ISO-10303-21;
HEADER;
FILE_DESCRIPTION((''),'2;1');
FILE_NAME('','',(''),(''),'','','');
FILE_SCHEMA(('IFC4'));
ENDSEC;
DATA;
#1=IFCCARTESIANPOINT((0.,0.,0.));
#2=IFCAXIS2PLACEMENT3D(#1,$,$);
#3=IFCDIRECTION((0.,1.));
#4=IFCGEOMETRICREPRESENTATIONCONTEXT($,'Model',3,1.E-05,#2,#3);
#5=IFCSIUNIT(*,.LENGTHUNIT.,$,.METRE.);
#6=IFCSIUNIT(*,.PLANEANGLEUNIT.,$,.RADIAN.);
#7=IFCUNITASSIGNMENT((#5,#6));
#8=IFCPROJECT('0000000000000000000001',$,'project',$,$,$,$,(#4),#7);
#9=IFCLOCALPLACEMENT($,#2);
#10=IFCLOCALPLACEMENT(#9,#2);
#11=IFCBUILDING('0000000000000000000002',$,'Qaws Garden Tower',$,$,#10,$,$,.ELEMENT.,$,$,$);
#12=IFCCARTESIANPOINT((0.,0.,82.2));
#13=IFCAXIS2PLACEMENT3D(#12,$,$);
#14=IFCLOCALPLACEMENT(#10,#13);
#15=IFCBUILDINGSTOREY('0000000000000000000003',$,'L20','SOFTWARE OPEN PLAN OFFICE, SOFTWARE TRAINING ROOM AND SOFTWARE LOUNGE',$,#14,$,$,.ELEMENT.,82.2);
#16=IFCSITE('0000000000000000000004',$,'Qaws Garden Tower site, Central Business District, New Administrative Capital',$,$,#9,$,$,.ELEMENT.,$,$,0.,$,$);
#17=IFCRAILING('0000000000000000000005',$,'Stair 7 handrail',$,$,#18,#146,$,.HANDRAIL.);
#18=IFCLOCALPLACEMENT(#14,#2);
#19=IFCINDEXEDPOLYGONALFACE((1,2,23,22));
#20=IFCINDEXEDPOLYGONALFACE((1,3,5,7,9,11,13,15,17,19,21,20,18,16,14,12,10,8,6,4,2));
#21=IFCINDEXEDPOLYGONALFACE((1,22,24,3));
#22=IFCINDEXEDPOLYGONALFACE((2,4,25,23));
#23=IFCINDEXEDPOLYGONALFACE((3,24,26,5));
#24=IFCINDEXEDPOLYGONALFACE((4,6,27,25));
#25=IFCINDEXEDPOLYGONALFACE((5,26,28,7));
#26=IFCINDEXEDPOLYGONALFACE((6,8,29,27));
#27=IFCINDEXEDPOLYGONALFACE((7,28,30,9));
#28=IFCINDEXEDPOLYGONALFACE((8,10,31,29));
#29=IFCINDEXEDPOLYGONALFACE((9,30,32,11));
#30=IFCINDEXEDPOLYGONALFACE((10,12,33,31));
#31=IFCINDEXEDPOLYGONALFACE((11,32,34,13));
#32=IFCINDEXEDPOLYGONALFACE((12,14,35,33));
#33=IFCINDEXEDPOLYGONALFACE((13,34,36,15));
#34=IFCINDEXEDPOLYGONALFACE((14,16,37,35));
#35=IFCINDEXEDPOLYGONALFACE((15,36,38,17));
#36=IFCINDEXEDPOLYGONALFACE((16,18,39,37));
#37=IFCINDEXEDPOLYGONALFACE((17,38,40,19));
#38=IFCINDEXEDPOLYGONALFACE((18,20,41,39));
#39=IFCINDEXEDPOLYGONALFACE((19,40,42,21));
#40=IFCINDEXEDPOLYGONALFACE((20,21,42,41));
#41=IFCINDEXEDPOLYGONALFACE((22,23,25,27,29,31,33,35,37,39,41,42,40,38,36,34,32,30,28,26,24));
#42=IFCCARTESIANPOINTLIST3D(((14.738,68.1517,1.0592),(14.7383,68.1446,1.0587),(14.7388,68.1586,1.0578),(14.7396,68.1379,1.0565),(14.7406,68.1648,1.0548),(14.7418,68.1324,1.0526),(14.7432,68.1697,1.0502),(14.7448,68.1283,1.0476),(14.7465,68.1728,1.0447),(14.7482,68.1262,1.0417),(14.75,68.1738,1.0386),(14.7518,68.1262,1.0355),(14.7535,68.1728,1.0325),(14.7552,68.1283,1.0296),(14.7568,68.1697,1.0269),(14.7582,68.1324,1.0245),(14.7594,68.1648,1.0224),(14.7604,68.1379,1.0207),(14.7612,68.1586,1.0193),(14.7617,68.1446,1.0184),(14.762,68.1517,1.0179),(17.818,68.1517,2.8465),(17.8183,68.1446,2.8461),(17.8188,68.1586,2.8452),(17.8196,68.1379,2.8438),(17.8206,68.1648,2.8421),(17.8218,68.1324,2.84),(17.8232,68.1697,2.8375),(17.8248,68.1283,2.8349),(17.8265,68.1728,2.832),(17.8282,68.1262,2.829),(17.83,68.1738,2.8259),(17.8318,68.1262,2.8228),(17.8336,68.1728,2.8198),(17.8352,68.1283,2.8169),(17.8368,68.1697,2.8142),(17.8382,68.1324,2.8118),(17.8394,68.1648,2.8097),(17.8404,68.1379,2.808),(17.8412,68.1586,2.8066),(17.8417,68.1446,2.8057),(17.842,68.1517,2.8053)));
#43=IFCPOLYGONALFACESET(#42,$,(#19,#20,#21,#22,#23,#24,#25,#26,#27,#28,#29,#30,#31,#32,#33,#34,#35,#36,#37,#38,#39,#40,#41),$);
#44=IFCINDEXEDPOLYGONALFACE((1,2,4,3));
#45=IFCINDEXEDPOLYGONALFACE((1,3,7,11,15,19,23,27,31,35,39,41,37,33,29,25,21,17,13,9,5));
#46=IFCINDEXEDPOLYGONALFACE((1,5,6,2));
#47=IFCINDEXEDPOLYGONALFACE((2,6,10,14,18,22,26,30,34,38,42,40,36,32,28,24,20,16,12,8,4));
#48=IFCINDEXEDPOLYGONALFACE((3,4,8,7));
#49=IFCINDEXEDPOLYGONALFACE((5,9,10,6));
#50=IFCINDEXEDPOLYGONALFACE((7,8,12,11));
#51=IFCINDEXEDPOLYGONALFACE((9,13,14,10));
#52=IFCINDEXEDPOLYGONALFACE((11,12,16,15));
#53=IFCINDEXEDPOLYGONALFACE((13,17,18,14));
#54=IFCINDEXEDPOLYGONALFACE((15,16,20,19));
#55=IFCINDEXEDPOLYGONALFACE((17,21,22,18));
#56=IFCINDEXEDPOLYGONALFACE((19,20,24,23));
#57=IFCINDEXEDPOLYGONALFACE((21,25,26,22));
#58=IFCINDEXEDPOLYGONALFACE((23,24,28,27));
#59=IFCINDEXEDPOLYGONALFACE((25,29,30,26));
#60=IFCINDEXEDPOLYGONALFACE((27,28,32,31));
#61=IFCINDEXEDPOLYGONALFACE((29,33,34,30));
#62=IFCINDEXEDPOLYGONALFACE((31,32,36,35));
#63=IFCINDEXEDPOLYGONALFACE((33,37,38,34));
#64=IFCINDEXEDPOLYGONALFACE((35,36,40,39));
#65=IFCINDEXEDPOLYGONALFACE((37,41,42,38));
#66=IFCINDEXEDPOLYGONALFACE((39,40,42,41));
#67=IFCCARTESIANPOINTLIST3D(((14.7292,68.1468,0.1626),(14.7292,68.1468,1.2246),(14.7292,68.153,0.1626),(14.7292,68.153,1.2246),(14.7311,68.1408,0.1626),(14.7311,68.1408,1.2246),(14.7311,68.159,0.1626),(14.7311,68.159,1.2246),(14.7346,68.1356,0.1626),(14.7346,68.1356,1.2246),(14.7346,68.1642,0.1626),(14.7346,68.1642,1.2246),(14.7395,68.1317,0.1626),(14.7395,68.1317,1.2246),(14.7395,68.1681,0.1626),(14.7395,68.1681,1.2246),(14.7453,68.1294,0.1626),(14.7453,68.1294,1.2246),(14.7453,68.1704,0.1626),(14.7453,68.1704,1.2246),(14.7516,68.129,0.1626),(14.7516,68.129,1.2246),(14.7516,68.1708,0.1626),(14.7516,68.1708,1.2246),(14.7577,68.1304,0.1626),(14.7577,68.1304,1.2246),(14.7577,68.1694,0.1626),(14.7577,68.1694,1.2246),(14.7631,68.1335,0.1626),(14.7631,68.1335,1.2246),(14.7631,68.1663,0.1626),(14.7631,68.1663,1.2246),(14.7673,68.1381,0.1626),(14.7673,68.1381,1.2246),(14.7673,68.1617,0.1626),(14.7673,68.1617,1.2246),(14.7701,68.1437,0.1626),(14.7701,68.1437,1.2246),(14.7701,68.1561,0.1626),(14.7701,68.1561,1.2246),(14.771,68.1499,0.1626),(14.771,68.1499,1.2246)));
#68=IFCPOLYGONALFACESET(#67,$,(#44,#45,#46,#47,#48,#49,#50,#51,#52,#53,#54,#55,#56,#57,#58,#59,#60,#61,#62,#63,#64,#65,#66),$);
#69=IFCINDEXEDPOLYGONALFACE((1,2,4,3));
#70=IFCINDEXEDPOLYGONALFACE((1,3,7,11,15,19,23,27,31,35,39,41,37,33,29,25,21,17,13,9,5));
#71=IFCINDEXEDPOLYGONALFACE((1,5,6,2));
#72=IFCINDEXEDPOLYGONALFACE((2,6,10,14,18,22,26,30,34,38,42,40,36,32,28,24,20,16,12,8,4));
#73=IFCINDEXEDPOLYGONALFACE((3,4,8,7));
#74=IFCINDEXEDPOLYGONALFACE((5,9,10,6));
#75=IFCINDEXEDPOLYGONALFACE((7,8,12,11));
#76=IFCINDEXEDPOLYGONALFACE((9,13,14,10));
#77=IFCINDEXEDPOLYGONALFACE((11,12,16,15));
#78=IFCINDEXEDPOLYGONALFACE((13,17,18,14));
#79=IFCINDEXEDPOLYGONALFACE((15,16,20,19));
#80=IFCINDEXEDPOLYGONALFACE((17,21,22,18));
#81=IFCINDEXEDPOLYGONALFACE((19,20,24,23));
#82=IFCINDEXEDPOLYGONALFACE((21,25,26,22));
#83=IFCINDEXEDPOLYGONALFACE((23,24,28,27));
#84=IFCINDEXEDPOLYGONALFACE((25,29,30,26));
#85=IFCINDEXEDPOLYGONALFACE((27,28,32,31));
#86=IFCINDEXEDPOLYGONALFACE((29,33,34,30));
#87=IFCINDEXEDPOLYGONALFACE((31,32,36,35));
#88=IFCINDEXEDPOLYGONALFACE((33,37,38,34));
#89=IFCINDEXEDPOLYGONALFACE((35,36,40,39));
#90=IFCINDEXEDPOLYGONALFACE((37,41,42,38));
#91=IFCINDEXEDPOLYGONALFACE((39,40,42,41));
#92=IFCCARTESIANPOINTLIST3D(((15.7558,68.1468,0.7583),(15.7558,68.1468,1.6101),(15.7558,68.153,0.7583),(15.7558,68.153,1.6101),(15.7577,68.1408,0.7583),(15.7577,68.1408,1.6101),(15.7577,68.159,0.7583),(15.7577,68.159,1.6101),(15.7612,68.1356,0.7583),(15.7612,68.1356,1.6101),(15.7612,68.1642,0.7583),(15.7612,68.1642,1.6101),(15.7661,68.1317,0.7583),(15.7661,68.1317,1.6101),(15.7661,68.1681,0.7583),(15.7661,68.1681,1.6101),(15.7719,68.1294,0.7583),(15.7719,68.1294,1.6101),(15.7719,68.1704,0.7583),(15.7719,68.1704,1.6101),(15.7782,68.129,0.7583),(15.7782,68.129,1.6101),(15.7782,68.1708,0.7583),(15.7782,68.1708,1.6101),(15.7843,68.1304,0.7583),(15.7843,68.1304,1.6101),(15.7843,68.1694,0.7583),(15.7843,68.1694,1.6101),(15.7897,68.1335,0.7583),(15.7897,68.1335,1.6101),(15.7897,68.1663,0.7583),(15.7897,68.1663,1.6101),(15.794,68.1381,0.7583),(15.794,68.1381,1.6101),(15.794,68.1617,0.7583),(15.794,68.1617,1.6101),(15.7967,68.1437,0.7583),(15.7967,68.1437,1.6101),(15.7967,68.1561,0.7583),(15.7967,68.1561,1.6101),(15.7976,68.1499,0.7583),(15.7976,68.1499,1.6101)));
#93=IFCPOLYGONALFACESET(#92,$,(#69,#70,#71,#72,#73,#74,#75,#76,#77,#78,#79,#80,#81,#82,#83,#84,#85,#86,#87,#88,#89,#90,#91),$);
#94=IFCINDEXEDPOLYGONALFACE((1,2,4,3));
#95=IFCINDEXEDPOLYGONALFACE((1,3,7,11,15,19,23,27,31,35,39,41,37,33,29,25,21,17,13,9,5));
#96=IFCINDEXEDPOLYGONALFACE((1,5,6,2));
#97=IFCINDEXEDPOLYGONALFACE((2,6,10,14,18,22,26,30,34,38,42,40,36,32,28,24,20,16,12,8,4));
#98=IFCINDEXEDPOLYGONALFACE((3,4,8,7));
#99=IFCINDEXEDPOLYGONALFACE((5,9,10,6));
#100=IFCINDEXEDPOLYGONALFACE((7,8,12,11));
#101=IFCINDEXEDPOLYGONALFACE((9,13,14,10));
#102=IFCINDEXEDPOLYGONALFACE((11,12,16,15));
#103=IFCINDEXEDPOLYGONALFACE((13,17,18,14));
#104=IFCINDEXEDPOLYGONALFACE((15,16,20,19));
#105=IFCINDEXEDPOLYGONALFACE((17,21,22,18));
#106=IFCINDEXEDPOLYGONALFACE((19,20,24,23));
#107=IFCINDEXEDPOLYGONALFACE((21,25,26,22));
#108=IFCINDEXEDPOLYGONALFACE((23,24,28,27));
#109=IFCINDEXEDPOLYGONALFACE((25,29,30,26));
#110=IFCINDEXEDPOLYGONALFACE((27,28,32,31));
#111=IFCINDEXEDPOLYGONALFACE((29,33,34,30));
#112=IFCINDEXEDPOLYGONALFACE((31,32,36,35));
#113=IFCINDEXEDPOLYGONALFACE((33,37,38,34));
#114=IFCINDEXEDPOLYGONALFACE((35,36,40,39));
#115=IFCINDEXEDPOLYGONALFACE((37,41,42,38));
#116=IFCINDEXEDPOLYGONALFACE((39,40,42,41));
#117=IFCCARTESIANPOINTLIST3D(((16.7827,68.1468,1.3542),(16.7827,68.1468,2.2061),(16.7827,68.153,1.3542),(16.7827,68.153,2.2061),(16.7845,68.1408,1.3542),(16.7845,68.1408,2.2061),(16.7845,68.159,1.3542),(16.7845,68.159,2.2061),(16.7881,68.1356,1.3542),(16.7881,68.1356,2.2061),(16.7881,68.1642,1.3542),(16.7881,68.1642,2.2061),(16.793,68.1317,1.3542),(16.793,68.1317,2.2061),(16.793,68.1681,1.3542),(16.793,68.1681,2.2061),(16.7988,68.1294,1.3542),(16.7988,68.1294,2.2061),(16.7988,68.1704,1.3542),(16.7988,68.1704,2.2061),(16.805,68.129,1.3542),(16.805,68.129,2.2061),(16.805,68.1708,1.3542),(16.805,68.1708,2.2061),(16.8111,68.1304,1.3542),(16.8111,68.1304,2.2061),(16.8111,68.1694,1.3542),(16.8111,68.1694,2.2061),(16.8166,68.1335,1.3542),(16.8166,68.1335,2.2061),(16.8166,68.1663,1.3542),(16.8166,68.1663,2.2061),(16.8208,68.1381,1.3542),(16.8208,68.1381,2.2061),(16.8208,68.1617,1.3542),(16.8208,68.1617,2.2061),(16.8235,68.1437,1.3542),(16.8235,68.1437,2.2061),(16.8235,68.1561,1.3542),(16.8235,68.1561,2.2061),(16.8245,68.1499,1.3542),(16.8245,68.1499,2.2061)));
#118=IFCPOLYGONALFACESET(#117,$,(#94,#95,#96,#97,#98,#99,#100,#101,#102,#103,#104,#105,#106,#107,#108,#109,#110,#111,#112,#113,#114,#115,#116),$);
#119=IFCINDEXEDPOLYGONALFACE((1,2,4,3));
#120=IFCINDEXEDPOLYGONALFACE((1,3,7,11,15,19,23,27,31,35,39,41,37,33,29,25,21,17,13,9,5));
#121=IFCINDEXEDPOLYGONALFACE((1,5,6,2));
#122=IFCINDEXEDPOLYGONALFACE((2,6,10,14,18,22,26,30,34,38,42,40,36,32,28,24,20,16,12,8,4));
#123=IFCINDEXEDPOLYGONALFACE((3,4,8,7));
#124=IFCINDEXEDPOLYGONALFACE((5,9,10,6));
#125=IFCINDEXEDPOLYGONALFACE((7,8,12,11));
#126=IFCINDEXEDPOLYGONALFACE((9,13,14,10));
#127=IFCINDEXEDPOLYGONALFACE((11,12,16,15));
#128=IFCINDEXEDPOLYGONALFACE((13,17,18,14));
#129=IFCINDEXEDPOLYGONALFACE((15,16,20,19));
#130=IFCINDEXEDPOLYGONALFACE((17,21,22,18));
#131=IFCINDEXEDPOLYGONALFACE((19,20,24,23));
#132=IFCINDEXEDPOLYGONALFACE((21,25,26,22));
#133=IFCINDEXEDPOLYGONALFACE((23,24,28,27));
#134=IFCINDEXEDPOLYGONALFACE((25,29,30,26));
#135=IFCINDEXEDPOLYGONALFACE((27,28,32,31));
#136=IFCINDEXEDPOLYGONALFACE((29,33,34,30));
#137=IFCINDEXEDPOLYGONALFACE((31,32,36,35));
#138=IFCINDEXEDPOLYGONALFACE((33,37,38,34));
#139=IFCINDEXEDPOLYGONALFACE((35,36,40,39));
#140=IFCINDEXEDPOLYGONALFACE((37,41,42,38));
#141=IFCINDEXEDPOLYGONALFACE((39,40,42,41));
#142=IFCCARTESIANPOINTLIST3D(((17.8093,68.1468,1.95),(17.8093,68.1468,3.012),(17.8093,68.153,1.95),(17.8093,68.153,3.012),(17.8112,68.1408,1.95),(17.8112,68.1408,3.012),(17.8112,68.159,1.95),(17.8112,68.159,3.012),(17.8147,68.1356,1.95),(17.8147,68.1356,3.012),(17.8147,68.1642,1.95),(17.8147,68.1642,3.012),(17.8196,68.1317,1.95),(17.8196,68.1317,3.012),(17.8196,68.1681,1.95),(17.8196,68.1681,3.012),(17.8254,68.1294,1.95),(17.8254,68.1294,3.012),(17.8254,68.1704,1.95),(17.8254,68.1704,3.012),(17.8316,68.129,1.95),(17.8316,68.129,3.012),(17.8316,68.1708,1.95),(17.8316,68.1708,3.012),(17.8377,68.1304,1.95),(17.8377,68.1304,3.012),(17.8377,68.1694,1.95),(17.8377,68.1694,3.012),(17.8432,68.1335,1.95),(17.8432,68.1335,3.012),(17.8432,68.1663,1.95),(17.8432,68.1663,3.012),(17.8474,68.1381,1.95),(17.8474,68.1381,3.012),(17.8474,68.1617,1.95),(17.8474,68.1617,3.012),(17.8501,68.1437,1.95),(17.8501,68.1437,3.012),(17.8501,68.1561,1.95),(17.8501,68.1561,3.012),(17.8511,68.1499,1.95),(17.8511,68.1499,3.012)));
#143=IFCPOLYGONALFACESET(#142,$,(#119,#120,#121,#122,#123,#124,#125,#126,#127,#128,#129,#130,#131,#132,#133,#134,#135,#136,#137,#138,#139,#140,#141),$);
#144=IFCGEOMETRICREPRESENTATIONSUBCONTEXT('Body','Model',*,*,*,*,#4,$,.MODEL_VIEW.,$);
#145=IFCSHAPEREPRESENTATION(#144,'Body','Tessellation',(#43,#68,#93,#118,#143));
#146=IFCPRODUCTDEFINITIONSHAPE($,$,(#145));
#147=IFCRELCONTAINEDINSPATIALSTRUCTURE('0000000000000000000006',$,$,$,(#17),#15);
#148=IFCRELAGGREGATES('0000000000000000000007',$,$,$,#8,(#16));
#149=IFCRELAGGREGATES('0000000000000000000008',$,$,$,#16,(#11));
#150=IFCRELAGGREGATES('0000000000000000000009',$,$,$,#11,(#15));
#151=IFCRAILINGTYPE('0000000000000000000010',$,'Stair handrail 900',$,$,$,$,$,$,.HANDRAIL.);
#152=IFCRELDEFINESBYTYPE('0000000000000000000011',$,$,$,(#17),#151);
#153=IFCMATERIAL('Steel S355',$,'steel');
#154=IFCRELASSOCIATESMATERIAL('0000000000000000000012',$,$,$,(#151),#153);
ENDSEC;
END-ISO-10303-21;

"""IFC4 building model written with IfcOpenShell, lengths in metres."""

from ifc_helpers import new_model, si_unit, direction, frame, origin, origin_2d, place, context, subcontext, project, spatial, circle, extrude, material, type_object, element, save


model = new_model("IFC4")

# Units and contexts
model_context = context("Model", 3, precision=1e-05, world=origin(), true_north=direction((0.0, 1.0)))
body_context = subcontext(model_context, "Body", "Model", "MODEL_VIEW")
ifc_project = project(units=[si_unit("LENGTHUNIT", "METRE"), si_unit("PLANEANGLEUNIT", "RADIAN")], contexts=[model_context])

# Site, building, storey
site_placement = place(None, origin())
site = spatial("IfcSite", under=ifc_project, at=site_placement, Name="Qaws Garden Tower site, Central Business District, New Administrative Capital", CompositionType="ELEMENT", RefElevation=0.0)
building_placement = place(site_placement, origin())
building = spatial("IfcBuilding", under=site, at=building_placement, Name="Qaws Garden Tower", CompositionType="ELEMENT")
storey_placement = place(building_placement, frame((0.0, 0.0, 82.2)))
storey = spatial("IfcBuildingStorey", under=building, at=storey_placement, Name="L20", Description="SOFTWARE OPEN PLAN OFFICE, SOFTWARE TRAINING ROOM AND SOFTWARE LOUNGE", CompositionType="ELEMENT", Elevation=82.2)

# Railing
ifc_material_1 = material(Name="Steel S355", Category="steel")
railing_type = type_object("IfcRailingType", Name="Stair handrail 900", PredefinedType="HANDRAIL", material=ifc_material_1)
railing_1_placement = place(storey_placement, frame((14.75, 68.1499, 0.1626)))
element("IfcRailing", 1, at=railing_1_placement, inside=storey, type_object=railing_type, Name="Stair 7 handrail", PredefinedType="HANDRAIL", context=body_context, shape_type="SweptSolid", body=[
    extrude(circle(Radius=0.0239, at=origin_2d()), frame((0.0, 0.0, 0.876), z_axis=(0.86492, 0.0, 0.501909), x_axis=(0.0, 1.0, 0.0)), (0.0, 0.0, 1.0), 3.561),
    extrude(circle(Radius=0.021, at=origin_2d()), origin(), (0.0, 0.0, 1.0), 1.062),
    extrude(circle(Radius=0.021, at=origin_2d()), frame((1.0266, 0.0, 0.5957)), (0.0, 0.0, 1.0), 0.8518),
    extrude(circle(Radius=0.021, at=origin_2d()), frame((2.0535, 0.0, 1.1917)), (0.0, 0.0, 1.0), 0.8518),
    extrude(circle(Radius=0.021, at=origin_2d()), frame((3.0801, 0.0, 1.7874)), (0.0, 0.0, 1.0), 1.062),
])

save(model, "model.ifc")
